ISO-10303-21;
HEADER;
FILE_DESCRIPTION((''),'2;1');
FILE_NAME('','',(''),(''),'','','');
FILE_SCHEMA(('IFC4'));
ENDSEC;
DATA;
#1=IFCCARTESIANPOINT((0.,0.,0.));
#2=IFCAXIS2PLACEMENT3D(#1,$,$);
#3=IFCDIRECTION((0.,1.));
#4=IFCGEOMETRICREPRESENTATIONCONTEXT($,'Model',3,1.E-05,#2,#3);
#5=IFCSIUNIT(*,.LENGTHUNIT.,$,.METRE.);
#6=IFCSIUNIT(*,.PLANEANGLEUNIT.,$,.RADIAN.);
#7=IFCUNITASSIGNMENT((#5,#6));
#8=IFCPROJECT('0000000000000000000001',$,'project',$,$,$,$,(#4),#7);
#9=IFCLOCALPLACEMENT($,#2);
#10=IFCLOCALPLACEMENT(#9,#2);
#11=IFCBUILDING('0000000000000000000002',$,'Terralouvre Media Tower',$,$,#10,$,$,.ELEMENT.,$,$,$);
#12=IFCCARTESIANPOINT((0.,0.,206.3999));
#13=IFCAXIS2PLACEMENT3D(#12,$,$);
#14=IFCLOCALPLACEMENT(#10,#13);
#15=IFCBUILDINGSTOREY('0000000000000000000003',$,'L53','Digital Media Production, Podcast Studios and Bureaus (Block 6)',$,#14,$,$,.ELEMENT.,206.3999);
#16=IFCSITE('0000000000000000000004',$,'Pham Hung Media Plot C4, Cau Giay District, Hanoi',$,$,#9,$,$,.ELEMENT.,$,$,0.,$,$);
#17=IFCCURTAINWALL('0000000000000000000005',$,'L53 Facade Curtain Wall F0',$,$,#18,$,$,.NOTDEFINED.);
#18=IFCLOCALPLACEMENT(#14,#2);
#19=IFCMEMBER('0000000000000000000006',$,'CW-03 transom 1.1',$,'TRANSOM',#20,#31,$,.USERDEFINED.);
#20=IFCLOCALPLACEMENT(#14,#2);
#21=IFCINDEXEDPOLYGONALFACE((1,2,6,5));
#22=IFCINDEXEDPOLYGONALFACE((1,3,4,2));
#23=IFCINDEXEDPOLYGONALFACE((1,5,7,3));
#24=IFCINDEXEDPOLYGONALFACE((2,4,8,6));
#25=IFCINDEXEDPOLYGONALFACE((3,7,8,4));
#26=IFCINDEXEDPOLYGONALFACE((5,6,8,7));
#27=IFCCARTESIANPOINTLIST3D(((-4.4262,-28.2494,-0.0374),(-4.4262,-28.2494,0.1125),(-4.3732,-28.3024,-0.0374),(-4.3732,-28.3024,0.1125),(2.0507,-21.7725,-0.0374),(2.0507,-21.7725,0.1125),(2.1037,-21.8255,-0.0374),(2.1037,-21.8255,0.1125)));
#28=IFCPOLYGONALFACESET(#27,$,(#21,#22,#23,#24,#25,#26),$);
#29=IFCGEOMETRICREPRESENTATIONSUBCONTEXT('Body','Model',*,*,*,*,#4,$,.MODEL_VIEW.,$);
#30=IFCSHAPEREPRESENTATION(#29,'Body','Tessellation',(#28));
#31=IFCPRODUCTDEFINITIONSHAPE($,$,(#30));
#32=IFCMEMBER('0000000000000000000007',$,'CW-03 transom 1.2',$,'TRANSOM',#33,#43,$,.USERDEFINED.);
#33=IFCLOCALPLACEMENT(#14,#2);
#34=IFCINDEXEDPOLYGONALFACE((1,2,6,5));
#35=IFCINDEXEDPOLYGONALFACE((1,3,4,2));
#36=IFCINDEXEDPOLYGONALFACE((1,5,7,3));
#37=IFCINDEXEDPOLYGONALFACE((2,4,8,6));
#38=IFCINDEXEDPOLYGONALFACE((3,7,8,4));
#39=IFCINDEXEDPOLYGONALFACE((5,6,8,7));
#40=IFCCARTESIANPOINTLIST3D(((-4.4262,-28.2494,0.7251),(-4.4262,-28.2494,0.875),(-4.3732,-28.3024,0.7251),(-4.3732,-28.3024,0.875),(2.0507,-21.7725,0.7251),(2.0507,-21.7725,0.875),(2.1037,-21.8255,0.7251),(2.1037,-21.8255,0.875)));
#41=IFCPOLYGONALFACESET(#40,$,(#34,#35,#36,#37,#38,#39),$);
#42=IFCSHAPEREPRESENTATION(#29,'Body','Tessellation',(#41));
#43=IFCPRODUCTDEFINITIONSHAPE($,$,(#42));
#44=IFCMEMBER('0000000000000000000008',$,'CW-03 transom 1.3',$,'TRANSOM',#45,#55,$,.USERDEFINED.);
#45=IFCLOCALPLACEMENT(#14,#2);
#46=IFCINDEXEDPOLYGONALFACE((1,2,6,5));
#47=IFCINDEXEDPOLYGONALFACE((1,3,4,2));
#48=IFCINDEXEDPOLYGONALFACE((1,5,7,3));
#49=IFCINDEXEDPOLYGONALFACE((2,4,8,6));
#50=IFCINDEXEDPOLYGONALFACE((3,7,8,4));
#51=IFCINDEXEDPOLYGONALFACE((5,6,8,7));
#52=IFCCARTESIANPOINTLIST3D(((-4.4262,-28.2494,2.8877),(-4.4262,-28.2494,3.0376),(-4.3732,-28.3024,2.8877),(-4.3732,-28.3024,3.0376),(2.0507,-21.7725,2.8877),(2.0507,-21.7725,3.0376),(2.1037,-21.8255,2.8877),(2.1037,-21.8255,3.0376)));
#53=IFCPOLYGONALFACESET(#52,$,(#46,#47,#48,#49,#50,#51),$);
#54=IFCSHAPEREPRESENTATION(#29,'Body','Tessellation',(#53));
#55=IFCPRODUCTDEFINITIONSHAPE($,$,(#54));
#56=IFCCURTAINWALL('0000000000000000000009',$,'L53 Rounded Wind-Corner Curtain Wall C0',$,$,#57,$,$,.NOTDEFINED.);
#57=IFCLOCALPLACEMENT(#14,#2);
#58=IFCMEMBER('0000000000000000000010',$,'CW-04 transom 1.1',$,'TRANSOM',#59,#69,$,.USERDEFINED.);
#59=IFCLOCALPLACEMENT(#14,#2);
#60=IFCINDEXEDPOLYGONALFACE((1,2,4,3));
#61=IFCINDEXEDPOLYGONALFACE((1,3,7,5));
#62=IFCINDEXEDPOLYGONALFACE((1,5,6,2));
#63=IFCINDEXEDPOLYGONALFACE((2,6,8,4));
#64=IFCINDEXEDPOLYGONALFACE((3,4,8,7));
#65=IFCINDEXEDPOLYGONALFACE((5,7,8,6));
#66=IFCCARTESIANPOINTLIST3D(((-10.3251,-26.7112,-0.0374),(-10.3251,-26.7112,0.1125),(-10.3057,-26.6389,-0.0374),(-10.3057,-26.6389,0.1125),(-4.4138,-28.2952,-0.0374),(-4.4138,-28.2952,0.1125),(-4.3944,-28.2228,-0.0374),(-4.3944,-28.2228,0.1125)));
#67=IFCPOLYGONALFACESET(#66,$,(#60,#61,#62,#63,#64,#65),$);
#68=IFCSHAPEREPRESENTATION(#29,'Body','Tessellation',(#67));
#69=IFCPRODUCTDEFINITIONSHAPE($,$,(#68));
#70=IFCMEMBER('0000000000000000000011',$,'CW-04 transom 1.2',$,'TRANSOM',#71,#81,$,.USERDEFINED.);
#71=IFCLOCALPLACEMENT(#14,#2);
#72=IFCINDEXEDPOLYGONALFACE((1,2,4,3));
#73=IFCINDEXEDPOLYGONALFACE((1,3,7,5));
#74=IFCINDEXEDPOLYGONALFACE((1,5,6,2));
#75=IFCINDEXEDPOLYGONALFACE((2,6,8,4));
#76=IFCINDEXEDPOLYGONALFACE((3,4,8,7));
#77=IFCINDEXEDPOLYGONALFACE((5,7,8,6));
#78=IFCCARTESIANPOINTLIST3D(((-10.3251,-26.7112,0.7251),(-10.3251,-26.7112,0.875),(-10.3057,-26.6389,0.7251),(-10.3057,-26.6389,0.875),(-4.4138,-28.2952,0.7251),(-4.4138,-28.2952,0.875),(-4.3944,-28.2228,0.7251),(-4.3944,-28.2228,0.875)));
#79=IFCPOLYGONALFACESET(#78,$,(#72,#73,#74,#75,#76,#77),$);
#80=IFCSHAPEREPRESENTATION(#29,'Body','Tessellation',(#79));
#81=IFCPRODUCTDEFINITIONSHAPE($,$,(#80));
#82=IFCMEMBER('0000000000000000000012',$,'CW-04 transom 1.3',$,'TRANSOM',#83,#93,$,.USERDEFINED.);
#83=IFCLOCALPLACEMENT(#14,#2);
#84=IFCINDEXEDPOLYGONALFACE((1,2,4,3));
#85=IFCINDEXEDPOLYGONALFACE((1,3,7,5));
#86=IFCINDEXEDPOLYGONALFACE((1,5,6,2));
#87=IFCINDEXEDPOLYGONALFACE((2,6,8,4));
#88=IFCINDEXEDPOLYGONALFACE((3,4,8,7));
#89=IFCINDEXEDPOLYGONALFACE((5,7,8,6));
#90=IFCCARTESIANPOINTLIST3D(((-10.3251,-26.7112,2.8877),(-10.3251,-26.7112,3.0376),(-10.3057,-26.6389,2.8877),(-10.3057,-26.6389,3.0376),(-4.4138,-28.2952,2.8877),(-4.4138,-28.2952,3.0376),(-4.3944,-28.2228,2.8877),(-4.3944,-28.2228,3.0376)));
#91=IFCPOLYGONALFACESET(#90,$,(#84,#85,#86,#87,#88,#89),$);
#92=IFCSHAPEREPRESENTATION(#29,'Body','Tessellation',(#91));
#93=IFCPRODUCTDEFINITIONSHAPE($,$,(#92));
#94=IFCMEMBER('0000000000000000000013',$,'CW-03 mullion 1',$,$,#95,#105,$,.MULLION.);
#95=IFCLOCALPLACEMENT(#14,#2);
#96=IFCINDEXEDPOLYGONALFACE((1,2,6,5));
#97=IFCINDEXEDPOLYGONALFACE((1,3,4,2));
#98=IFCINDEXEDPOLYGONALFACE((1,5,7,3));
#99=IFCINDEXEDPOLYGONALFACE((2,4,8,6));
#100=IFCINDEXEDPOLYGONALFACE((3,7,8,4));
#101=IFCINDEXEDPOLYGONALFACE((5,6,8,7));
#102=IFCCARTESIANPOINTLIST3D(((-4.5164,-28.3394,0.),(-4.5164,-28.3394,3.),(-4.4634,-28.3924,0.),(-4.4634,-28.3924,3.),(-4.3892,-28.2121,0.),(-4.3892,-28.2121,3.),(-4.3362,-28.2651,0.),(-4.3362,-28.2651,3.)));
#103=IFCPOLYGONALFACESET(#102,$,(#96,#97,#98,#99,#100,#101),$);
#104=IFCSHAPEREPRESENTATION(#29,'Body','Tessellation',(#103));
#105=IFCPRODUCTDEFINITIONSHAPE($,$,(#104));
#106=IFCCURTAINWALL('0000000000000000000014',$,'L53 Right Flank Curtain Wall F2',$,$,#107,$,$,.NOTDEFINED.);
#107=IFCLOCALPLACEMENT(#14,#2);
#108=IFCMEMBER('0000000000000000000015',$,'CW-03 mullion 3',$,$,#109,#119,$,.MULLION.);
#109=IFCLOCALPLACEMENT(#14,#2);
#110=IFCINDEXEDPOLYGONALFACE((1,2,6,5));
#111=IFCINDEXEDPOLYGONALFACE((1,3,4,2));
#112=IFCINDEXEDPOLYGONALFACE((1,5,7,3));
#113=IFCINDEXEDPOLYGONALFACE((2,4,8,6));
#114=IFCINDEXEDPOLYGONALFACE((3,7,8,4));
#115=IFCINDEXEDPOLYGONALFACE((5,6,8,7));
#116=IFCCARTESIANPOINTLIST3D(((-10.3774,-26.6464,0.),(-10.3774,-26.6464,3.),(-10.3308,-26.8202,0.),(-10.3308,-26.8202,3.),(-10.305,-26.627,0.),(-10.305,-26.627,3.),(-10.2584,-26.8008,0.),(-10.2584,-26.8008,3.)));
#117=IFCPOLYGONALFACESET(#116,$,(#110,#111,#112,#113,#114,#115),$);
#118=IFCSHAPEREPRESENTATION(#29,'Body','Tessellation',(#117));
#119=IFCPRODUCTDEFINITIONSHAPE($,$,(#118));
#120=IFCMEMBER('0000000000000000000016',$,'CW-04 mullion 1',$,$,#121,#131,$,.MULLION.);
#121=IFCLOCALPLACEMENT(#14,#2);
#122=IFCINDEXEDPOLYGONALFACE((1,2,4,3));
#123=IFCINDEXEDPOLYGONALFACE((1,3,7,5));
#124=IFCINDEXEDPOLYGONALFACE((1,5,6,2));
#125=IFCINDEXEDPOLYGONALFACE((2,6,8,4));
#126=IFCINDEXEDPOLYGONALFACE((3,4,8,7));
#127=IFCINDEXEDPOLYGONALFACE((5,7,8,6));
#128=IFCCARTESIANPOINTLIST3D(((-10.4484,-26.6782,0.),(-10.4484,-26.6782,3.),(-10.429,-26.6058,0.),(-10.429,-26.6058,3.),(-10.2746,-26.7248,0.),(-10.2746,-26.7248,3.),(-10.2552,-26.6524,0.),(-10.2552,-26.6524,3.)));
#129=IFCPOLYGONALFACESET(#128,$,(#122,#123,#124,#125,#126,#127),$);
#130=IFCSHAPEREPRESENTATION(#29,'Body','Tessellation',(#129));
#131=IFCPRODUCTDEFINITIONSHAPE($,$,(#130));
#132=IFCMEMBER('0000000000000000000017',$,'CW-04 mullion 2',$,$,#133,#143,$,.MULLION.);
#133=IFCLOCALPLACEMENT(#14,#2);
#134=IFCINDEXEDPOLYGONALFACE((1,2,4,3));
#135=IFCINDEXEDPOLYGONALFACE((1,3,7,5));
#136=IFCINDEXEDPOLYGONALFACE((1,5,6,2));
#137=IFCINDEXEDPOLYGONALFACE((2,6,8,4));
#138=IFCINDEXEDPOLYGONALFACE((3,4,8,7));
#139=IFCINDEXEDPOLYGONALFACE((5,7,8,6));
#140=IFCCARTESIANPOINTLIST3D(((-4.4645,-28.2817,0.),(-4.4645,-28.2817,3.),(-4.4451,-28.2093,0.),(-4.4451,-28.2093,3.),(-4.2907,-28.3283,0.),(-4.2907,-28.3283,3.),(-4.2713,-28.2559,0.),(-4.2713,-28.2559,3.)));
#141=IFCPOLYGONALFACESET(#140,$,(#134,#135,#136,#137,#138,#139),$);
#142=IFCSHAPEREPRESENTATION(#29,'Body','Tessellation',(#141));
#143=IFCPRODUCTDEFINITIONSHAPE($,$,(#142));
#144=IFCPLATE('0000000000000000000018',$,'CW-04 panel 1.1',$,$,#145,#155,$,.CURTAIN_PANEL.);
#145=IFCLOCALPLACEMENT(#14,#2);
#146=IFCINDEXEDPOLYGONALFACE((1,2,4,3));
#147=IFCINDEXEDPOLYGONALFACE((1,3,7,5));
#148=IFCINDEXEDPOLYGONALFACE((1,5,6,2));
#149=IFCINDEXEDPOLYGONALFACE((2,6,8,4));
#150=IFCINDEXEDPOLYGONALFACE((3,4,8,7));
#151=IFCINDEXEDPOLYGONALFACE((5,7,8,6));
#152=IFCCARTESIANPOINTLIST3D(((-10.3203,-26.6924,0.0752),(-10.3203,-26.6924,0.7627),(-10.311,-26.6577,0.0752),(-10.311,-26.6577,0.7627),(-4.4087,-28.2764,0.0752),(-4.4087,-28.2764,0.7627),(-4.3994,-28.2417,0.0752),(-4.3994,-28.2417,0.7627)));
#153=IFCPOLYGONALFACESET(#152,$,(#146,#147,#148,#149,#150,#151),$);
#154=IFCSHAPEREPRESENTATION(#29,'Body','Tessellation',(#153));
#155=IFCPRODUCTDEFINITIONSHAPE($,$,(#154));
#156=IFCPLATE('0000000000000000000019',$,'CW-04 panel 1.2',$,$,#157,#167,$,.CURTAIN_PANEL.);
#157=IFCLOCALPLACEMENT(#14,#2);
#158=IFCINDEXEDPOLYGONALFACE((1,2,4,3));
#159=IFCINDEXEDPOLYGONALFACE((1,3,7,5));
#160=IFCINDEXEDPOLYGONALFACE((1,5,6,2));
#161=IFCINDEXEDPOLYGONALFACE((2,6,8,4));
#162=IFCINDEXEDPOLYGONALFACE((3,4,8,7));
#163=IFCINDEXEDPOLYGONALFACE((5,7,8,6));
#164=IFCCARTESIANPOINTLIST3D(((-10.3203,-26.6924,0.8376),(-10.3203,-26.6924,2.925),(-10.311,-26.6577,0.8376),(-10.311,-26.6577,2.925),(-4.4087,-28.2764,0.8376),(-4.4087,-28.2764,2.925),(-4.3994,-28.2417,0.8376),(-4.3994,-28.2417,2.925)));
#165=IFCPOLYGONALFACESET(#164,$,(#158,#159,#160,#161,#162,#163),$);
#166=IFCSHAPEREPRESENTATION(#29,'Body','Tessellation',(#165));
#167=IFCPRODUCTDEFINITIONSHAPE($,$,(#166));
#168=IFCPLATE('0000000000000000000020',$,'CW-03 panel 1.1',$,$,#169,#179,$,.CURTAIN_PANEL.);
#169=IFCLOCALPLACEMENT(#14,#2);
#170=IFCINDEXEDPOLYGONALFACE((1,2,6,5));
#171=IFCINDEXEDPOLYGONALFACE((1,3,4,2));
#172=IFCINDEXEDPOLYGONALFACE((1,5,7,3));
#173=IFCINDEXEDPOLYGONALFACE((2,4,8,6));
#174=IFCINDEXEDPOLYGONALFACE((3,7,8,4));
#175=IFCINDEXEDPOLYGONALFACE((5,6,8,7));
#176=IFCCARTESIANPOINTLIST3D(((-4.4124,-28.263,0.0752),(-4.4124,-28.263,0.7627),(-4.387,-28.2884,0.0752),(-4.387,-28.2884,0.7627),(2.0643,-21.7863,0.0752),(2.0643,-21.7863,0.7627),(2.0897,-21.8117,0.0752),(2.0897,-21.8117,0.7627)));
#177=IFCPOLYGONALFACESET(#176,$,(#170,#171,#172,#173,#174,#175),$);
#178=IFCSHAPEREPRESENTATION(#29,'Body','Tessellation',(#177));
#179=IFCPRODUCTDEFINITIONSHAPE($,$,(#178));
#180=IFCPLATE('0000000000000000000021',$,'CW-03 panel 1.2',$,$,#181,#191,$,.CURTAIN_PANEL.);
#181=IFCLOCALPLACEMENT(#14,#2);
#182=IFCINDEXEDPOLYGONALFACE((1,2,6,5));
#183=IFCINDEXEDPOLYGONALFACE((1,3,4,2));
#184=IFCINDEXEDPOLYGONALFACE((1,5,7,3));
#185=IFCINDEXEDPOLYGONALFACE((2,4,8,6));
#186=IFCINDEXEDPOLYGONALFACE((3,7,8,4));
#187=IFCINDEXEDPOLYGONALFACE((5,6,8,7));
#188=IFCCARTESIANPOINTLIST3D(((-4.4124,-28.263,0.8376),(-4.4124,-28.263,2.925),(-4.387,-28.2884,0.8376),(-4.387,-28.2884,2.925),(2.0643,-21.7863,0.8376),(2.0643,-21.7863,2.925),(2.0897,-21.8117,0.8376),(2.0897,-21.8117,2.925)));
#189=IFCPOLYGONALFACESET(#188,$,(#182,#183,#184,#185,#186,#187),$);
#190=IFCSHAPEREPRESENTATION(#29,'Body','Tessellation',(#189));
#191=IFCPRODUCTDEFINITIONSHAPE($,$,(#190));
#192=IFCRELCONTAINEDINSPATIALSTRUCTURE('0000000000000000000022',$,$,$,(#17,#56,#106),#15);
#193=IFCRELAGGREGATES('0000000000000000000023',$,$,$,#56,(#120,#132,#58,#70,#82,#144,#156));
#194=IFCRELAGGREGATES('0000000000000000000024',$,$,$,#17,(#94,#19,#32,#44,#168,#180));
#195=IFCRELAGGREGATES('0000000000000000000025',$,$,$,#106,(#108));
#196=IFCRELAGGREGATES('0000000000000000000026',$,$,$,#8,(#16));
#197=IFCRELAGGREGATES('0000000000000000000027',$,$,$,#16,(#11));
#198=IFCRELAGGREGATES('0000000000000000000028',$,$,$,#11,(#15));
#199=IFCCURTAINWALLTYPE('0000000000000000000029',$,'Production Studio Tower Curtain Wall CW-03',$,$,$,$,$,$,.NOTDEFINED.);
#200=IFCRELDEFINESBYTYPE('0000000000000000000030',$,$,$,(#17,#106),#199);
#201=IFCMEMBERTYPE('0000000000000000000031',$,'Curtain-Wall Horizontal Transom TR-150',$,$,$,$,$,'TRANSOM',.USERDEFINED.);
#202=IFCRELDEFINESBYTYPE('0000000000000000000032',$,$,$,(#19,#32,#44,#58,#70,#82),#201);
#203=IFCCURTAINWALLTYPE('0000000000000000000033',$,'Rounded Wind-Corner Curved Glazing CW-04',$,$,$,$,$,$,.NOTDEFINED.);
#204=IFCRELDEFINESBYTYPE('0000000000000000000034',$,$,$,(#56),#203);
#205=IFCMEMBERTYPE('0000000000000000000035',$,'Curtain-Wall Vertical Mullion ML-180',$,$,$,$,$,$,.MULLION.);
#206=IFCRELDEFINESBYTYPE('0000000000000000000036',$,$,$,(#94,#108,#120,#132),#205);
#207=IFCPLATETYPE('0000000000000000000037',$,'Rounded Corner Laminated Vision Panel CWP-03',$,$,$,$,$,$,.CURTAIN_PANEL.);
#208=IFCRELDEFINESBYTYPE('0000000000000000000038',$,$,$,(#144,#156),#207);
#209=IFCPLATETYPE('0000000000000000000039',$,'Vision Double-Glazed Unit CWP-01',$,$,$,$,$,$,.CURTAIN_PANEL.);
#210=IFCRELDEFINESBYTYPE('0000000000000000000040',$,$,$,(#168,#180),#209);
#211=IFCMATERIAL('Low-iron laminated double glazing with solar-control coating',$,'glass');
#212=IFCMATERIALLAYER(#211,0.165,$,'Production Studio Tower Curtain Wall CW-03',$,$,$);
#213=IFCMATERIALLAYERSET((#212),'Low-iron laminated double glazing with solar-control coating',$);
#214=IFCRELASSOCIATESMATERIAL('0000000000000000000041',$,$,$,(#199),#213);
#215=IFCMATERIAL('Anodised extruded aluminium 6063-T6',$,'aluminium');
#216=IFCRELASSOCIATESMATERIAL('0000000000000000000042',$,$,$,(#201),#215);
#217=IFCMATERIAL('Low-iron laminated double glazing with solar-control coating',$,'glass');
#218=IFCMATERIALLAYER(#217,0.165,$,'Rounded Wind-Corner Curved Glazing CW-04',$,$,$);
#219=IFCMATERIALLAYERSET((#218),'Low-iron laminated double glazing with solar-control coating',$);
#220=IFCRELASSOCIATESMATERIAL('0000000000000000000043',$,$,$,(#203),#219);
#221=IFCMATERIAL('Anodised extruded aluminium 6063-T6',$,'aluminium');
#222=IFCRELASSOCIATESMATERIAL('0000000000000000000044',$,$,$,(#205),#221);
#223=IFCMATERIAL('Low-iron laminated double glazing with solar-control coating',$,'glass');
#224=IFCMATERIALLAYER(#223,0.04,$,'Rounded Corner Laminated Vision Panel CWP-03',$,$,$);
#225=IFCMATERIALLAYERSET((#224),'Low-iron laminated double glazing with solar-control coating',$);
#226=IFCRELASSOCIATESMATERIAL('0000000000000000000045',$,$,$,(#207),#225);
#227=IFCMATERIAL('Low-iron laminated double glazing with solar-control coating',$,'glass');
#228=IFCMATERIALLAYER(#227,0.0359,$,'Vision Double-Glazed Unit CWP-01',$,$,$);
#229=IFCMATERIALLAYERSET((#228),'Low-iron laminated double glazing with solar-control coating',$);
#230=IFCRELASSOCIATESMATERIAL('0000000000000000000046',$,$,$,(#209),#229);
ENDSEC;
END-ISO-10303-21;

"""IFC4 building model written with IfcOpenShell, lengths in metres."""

from ifc_helpers import new_model, si_unit, direction, frame, origin, origin_2d, place, context, subcontext, project, spatial, rectangle, extrude, material, layer, layer_set, material_profile, profile_set, type_object, element, aggregate, save


model = new_model("IFC4")

# Units and contexts
model_context = context("Model", 3, precision=1e-05, world=origin(), true_north=direction((0.0, 1.0)))
body_context = subcontext(model_context, "Body", "Model", "MODEL_VIEW")
ifc_project = project(units=[si_unit("LENGTHUNIT", "METRE"), si_unit("PLANEANGLEUNIT", "RADIAN")], contexts=[model_context])

# Site, building, storey
site_placement = place(None, origin())
site = spatial("IfcSite", under=ifc_project, at=site_placement, Name="Pham Hung Media Plot C4, Cau Giay District, Hanoi", CompositionType="ELEMENT", RefElevation=0.0)
building_placement = place(site_placement, origin())
building = spatial("IfcBuilding", under=site, at=building_placement, Name="Terralouvre Media Tower", CompositionType="ELEMENT")
storey_placement = place(building_placement, frame((0.0, 0.0, 206.3999)))
storey = spatial("IfcBuildingStorey", under=building, at=storey_placement, Name="L53", Description="Digital Media Production, Podcast Studios and Bureaus (Block 6)", CompositionType="ELEMENT", Elevation=206.3999)

# Curtain walls, members
ifc_material_1 = material(Name="Low-iron laminated double glazing with solar-control coating", Category="glass")
ifc_layer_1 = layer(ifc_material_1, 0.165, Name="Production Studio Tower Curtain Wall CW-03")
ifc_layer_set_1 = layer_set([ifc_layer_1], Name="Low-iron laminated double glazing with solar-control coating")
curtain_wall_type_1 = type_object("IfcCurtainWallType", Name="Production Studio Tower Curtain Wall CW-03", PredefinedType="NOTDEFINED", material=ifc_layer_set_1)
curtain_wall_1_placement = place(storey_placement, origin())
curtain_wall_1 = element("IfcCurtainWall", 1, at=curtain_wall_1_placement, inside=storey, type_object=curtain_wall_type_1, Name="L53 Facade Curtain Wall F0", PredefinedType="NOTDEFINED")
ifc_material_2 = material(Name="Anodised extruded aluminium 6063-T6", Category="aluminium")
ifc_material_profile_1 = material_profile(ifc_material_2, rectangle(XDim=0.075, YDim=0.1499, at=origin_2d()), Name="ALU 75x150")
ifc_profile_set_1 = profile_set([ifc_material_profile_1], Name="Anodised extruded aluminium 6063-T6")
member_type_1 = type_object("IfcMemberType", Name="Curtain-Wall Horizontal Transom TR-150", ElementType="TRANSOM", PredefinedType="USERDEFINED", material=ifc_profile_set_1)
member_1_placement = place(storey_placement, frame((-4.3997, -28.2759, 0.0376), z_axis=(0.707107, 0.707107, 0.0), x_axis=(-0.707107, 0.707107, 0.0)))
member_1 = element("IfcMember", 2, at=member_1_placement, type_object=member_type_1, Name="CW-03 transom 1.1", ObjectType="TRANSOM", PredefinedType="USERDEFINED", context=body_context, shape_type="SweptSolid", body=[
    extrude(rectangle(XDim=0.075, YDim=0.1499, at=origin_2d()), origin(), (0.0, 0.0, 1.0), 9.1597),
])
member_2_placement = place(storey_placement, frame((-4.3997, -28.2759, 0.8), z_axis=(0.707107, 0.707107, 0.0), x_axis=(-0.707107, 0.707107, 0.0)))
member_2 = element("IfcMember", 3, at=member_2_placement, type_object=member_type_1, Name="CW-03 transom 1.2", ObjectType="TRANSOM", PredefinedType="USERDEFINED", context=body_context, shape_type="SweptSolid", body=[
    extrude(rectangle(XDim=0.075, YDim=0.1499, at=origin_2d()), origin(), (0.0, 0.0, 1.0), 9.1597),
])
member_3_placement = place(storey_placement, frame((-4.3997, -28.2759, 2.9626), z_axis=(0.707107, 0.707107, 0.0), x_axis=(-0.707107, 0.707107, 0.0)))
member_3 = element("IfcMember", 4, at=member_3_placement, type_object=member_type_1, Name="CW-03 transom 1.3", ObjectType="TRANSOM", PredefinedType="USERDEFINED", context=body_context, shape_type="SweptSolid", body=[
    extrude(rectangle(XDim=0.075, YDim=0.1499, at=origin_2d()), origin(), (0.0, 0.0, 1.0), 9.1597),
])
ifc_material_3 = material(Name="Low-iron laminated double glazing with solar-control coating", Category="glass")
ifc_layer_2 = layer(ifc_material_3, 0.165, Name="Rounded Wind-Corner Curved Glazing CW-04")
ifc_layer_set_2 = layer_set([ifc_layer_2], Name="Low-iron laminated double glazing with solar-control coating")
curtain_wall_type_2 = type_object("IfcCurtainWallType", Name="Rounded Wind-Corner Curved Glazing CW-04", PredefinedType="NOTDEFINED", material=ifc_layer_set_2)
curtain_wall_2_placement = place(storey_placement, origin())
curtain_wall_2 = element("IfcCurtainWall", 5, at=curtain_wall_2_placement, inside=storey, type_object=curtain_wall_type_2, Name="L53 Rounded Wind-Corner Curtain Wall C0", PredefinedType="NOTDEFINED")
member_4_placement = place(storey_placement, frame((-10.3154, -26.675, 0.0376), z_axis=(0.965924, -0.258824, 0.0), x_axis=(0.258824, 0.965924, 0.0)))
member_4 = element("IfcMember", 6, at=member_4_placement, type_object=member_type_1, Name="CW-04 transom 1.1", ObjectType="TRANSOM", PredefinedType="USERDEFINED", context=body_context, shape_type="SweptSolid", body=[
    extrude(rectangle(XDim=0.075, YDim=0.1499, at=origin_2d()), origin(), (0.0, 0.0, 1.0), 6.1199),
])
member_5_placement = place(storey_placement, frame((-10.3154, -26.675, 0.8), z_axis=(0.965924, -0.258824, 0.0), x_axis=(0.258824, 0.965924, 0.0)))
member_5 = element("IfcMember", 7, at=member_5_placement, type_object=member_type_1, Name="CW-04 transom 1.2", ObjectType="TRANSOM", PredefinedType="USERDEFINED", context=body_context, shape_type="SweptSolid", body=[
    extrude(rectangle(XDim=0.075, YDim=0.1499, at=origin_2d()), origin(), (0.0, 0.0, 1.0), 6.1199),
])
member_6_placement = place(storey_placement, frame((-10.3154, -26.675, 2.9626), z_axis=(0.965924, -0.258824, 0.0), x_axis=(0.258824, 0.965924, 0.0)))
member_6 = element("IfcMember", 8, at=member_6_placement, type_object=member_type_1, Name="CW-04 transom 1.3", ObjectType="TRANSOM", PredefinedType="USERDEFINED", context=body_context, shape_type="SweptSolid", body=[
    extrude(rectangle(XDim=0.075, YDim=0.1499, at=origin_2d()), origin(), (0.0, 0.0, 1.0), 6.1199),
])

# Member
ifc_material_4 = material(Name="Anodised extruded aluminium 6063-T6", Category="aluminium")
ifc_material_profile_2 = material_profile(ifc_material_4, rectangle(XDim=0.075, YDim=0.1799, at=origin_2d()), Name="ALU 75x180")
ifc_profile_set_2 = profile_set([ifc_material_profile_2], Name="Anodised extruded aluminium 6063-T6")
member_type_2 = type_object("IfcMemberType", Name="Curtain-Wall Vertical Mullion ML-180", PredefinedType="MULLION", material=ifc_profile_set_2)
member_7_placement = place(storey_placement, frame((-4.4263, -28.3022, 0.0), z_axis=(0.0, 0.0, 1.0), x_axis=(-0.707107, 0.707107, 0.0)))
member_7 = element("IfcMember", 9, at=member_7_placement, type_object=member_type_2, Name="CW-03 mullion 1", PredefinedType="MULLION", context=body_context, shape_type="SweptSolid", body=[
    extrude(rectangle(XDim=0.075, YDim=0.1799, at=origin_2d()), origin(), (0.0, 0.0, 1.0), 3.0),
])

# Curtain wall, member
curtain_wall_3_placement = place(storey_placement, origin())
curtain_wall_3 = element("IfcCurtainWall", 10, at=curtain_wall_3_placement, inside=storey, type_object=curtain_wall_type_1, Name="L53 Right Flank Curtain Wall F2", PredefinedType="NOTDEFINED")
member_8_placement = place(storey_placement, frame((-10.3179, -26.7236, 0.0), z_axis=(0.0, 0.0, 1.0), x_axis=(0.965926, 0.258819, 0.0)))
member_8 = element("IfcMember", 11, at=member_8_placement, type_object=member_type_2, Name="CW-03 mullion 3", PredefinedType="MULLION", context=body_context, shape_type="SweptSolid", body=[
    extrude(rectangle(XDim=0.075, YDim=0.1799, at=origin_2d()), origin(), (0.0, 0.0, 1.0), 3.0),
])

# Members
member_9_placement = place(storey_placement, frame((-10.3518, -26.6653, 0.0), z_axis=(0.0, 0.0, 1.0), x_axis=(0.258819, 0.965926, 0.0)))
member_9 = element("IfcMember", 12, at=member_9_placement, type_object=member_type_2, Name="CW-04 mullion 1", PredefinedType="MULLION", context=body_context, shape_type="SweptSolid", body=[
    extrude(rectangle(XDim=0.075, YDim=0.1799, at=origin_2d()), origin(), (0.0, 0.0, 1.0), 3.0),
])
member_10_placement = place(storey_placement, frame((-4.3679, -28.2688, 0.0), z_axis=(0.0, 0.0, 1.0), x_axis=(0.258819, 0.965926, 0.0)))
member_10 = element("IfcMember", 13, at=member_10_placement, type_object=member_type_2, Name="CW-04 mullion 2", PredefinedType="MULLION", context=body_context, shape_type="SweptSolid", body=[
    extrude(rectangle(XDim=0.075, YDim=0.1799, at=origin_2d()), origin(), (0.0, 0.0, 1.0), 3.0),
])

# Plates
ifc_material_5 = material(Name="Low-iron laminated double glazing with solar-control coating", Category="glass")
ifc_layer_3 = layer(ifc_material_5, 0.04, Name="Rounded Corner Laminated Vision Panel CWP-03")
ifc_layer_set_3 = layer_set([ifc_layer_3], Name="Low-iron laminated double glazing with solar-control coating")
plate_type_1 = type_object("IfcPlateType", Name="Rounded Corner Laminated Vision Panel CWP-03", PredefinedType="CURTAIN_PANEL", material=ifc_layer_set_3)
plate_1_placement = place(storey_placement, frame((-7.3599, -27.467, 0.0752), z_axis=(0.0, 0.0, 1.0), x_axis=(0.965926, -0.258819, 0.0)))
plate_1 = element("IfcPlate", 14, at=plate_1_placement, type_object=plate_type_1, Name="CW-04 panel 1.1", PredefinedType="CURTAIN_PANEL", context=body_context, shape_type="SweptSolid", body=[
    extrude(rectangle(XDim=6.1201, YDim=0.0359, at=origin_2d()), origin(), (0.0, 0.0, 1.0), 0.6875),
])
plate_2_placement = place(storey_placement, frame((-7.3599, -27.467, 0.8376), z_axis=(0.0, 0.0, 1.0), x_axis=(0.965926, -0.258819, 0.0)))
plate_2 = element("IfcPlate", 15, at=plate_2_placement, type_object=plate_type_1, Name="CW-04 panel 1.2", PredefinedType="CURTAIN_PANEL", context=body_context, shape_type="SweptSolid", body=[
    extrude(rectangle(XDim=6.1201, YDim=0.0359, at=origin_2d()), origin(), (0.0, 0.0, 1.0), 2.0874),
])
aggregate(curtain_wall_2, [member_9, member_10, member_4, member_5, member_6, plate_1, plate_2])
ifc_material_6 = material(Name="Low-iron laminated double glazing with solar-control coating", Category="glass")
ifc_layer_4 = layer(ifc_material_6, 0.0359, Name="Vision Double-Glazed Unit CWP-01")
ifc_layer_set_4 = layer_set([ifc_layer_4], Name="Low-iron laminated double glazing with solar-control coating")
plate_type_2 = type_object("IfcPlateType", Name="Vision Double-Glazed Unit CWP-01", PredefinedType="CURTAIN_PANEL", material=ifc_layer_set_4)
plate_3_placement = place(storey_placement, frame((-1.1614, -25.0374, 0.0752), z_axis=(0.0, 0.0, 1.0), x_axis=(0.707107, 0.707107, 0.0)))
plate_3 = element("IfcPlate", 16, at=plate_3_placement, type_object=plate_type_2, Name="CW-03 panel 1.1", PredefinedType="CURTAIN_PANEL", context=body_context, shape_type="SweptSolid", body=[
    extrude(rectangle(XDim=9.1594, YDim=0.0359, at=origin_2d()), origin(), (0.0, 0.0, 1.0), 0.6875),
])
plate_4_placement = place(storey_placement, frame((-1.1614, -25.0374, 0.8376), z_axis=(0.0, 0.0, 1.0), x_axis=(0.707107, 0.707107, 0.0)))
plate_4 = element("IfcPlate", 17, at=plate_4_placement, type_object=plate_type_2, Name="CW-03 panel 1.2", PredefinedType="CURTAIN_PANEL", context=body_context, shape_type="SweptSolid", body=[
    extrude(rectangle(XDim=9.1594, YDim=0.0359, at=origin_2d()), origin(), (0.0, 0.0, 1.0), 2.0874),
])
aggregate(curtain_wall_1, [member_7, member_1, member_2, member_3, plate_3, plate_4])
aggregate(curtain_wall_3, [member_8])

save(model, "model.ifc")
